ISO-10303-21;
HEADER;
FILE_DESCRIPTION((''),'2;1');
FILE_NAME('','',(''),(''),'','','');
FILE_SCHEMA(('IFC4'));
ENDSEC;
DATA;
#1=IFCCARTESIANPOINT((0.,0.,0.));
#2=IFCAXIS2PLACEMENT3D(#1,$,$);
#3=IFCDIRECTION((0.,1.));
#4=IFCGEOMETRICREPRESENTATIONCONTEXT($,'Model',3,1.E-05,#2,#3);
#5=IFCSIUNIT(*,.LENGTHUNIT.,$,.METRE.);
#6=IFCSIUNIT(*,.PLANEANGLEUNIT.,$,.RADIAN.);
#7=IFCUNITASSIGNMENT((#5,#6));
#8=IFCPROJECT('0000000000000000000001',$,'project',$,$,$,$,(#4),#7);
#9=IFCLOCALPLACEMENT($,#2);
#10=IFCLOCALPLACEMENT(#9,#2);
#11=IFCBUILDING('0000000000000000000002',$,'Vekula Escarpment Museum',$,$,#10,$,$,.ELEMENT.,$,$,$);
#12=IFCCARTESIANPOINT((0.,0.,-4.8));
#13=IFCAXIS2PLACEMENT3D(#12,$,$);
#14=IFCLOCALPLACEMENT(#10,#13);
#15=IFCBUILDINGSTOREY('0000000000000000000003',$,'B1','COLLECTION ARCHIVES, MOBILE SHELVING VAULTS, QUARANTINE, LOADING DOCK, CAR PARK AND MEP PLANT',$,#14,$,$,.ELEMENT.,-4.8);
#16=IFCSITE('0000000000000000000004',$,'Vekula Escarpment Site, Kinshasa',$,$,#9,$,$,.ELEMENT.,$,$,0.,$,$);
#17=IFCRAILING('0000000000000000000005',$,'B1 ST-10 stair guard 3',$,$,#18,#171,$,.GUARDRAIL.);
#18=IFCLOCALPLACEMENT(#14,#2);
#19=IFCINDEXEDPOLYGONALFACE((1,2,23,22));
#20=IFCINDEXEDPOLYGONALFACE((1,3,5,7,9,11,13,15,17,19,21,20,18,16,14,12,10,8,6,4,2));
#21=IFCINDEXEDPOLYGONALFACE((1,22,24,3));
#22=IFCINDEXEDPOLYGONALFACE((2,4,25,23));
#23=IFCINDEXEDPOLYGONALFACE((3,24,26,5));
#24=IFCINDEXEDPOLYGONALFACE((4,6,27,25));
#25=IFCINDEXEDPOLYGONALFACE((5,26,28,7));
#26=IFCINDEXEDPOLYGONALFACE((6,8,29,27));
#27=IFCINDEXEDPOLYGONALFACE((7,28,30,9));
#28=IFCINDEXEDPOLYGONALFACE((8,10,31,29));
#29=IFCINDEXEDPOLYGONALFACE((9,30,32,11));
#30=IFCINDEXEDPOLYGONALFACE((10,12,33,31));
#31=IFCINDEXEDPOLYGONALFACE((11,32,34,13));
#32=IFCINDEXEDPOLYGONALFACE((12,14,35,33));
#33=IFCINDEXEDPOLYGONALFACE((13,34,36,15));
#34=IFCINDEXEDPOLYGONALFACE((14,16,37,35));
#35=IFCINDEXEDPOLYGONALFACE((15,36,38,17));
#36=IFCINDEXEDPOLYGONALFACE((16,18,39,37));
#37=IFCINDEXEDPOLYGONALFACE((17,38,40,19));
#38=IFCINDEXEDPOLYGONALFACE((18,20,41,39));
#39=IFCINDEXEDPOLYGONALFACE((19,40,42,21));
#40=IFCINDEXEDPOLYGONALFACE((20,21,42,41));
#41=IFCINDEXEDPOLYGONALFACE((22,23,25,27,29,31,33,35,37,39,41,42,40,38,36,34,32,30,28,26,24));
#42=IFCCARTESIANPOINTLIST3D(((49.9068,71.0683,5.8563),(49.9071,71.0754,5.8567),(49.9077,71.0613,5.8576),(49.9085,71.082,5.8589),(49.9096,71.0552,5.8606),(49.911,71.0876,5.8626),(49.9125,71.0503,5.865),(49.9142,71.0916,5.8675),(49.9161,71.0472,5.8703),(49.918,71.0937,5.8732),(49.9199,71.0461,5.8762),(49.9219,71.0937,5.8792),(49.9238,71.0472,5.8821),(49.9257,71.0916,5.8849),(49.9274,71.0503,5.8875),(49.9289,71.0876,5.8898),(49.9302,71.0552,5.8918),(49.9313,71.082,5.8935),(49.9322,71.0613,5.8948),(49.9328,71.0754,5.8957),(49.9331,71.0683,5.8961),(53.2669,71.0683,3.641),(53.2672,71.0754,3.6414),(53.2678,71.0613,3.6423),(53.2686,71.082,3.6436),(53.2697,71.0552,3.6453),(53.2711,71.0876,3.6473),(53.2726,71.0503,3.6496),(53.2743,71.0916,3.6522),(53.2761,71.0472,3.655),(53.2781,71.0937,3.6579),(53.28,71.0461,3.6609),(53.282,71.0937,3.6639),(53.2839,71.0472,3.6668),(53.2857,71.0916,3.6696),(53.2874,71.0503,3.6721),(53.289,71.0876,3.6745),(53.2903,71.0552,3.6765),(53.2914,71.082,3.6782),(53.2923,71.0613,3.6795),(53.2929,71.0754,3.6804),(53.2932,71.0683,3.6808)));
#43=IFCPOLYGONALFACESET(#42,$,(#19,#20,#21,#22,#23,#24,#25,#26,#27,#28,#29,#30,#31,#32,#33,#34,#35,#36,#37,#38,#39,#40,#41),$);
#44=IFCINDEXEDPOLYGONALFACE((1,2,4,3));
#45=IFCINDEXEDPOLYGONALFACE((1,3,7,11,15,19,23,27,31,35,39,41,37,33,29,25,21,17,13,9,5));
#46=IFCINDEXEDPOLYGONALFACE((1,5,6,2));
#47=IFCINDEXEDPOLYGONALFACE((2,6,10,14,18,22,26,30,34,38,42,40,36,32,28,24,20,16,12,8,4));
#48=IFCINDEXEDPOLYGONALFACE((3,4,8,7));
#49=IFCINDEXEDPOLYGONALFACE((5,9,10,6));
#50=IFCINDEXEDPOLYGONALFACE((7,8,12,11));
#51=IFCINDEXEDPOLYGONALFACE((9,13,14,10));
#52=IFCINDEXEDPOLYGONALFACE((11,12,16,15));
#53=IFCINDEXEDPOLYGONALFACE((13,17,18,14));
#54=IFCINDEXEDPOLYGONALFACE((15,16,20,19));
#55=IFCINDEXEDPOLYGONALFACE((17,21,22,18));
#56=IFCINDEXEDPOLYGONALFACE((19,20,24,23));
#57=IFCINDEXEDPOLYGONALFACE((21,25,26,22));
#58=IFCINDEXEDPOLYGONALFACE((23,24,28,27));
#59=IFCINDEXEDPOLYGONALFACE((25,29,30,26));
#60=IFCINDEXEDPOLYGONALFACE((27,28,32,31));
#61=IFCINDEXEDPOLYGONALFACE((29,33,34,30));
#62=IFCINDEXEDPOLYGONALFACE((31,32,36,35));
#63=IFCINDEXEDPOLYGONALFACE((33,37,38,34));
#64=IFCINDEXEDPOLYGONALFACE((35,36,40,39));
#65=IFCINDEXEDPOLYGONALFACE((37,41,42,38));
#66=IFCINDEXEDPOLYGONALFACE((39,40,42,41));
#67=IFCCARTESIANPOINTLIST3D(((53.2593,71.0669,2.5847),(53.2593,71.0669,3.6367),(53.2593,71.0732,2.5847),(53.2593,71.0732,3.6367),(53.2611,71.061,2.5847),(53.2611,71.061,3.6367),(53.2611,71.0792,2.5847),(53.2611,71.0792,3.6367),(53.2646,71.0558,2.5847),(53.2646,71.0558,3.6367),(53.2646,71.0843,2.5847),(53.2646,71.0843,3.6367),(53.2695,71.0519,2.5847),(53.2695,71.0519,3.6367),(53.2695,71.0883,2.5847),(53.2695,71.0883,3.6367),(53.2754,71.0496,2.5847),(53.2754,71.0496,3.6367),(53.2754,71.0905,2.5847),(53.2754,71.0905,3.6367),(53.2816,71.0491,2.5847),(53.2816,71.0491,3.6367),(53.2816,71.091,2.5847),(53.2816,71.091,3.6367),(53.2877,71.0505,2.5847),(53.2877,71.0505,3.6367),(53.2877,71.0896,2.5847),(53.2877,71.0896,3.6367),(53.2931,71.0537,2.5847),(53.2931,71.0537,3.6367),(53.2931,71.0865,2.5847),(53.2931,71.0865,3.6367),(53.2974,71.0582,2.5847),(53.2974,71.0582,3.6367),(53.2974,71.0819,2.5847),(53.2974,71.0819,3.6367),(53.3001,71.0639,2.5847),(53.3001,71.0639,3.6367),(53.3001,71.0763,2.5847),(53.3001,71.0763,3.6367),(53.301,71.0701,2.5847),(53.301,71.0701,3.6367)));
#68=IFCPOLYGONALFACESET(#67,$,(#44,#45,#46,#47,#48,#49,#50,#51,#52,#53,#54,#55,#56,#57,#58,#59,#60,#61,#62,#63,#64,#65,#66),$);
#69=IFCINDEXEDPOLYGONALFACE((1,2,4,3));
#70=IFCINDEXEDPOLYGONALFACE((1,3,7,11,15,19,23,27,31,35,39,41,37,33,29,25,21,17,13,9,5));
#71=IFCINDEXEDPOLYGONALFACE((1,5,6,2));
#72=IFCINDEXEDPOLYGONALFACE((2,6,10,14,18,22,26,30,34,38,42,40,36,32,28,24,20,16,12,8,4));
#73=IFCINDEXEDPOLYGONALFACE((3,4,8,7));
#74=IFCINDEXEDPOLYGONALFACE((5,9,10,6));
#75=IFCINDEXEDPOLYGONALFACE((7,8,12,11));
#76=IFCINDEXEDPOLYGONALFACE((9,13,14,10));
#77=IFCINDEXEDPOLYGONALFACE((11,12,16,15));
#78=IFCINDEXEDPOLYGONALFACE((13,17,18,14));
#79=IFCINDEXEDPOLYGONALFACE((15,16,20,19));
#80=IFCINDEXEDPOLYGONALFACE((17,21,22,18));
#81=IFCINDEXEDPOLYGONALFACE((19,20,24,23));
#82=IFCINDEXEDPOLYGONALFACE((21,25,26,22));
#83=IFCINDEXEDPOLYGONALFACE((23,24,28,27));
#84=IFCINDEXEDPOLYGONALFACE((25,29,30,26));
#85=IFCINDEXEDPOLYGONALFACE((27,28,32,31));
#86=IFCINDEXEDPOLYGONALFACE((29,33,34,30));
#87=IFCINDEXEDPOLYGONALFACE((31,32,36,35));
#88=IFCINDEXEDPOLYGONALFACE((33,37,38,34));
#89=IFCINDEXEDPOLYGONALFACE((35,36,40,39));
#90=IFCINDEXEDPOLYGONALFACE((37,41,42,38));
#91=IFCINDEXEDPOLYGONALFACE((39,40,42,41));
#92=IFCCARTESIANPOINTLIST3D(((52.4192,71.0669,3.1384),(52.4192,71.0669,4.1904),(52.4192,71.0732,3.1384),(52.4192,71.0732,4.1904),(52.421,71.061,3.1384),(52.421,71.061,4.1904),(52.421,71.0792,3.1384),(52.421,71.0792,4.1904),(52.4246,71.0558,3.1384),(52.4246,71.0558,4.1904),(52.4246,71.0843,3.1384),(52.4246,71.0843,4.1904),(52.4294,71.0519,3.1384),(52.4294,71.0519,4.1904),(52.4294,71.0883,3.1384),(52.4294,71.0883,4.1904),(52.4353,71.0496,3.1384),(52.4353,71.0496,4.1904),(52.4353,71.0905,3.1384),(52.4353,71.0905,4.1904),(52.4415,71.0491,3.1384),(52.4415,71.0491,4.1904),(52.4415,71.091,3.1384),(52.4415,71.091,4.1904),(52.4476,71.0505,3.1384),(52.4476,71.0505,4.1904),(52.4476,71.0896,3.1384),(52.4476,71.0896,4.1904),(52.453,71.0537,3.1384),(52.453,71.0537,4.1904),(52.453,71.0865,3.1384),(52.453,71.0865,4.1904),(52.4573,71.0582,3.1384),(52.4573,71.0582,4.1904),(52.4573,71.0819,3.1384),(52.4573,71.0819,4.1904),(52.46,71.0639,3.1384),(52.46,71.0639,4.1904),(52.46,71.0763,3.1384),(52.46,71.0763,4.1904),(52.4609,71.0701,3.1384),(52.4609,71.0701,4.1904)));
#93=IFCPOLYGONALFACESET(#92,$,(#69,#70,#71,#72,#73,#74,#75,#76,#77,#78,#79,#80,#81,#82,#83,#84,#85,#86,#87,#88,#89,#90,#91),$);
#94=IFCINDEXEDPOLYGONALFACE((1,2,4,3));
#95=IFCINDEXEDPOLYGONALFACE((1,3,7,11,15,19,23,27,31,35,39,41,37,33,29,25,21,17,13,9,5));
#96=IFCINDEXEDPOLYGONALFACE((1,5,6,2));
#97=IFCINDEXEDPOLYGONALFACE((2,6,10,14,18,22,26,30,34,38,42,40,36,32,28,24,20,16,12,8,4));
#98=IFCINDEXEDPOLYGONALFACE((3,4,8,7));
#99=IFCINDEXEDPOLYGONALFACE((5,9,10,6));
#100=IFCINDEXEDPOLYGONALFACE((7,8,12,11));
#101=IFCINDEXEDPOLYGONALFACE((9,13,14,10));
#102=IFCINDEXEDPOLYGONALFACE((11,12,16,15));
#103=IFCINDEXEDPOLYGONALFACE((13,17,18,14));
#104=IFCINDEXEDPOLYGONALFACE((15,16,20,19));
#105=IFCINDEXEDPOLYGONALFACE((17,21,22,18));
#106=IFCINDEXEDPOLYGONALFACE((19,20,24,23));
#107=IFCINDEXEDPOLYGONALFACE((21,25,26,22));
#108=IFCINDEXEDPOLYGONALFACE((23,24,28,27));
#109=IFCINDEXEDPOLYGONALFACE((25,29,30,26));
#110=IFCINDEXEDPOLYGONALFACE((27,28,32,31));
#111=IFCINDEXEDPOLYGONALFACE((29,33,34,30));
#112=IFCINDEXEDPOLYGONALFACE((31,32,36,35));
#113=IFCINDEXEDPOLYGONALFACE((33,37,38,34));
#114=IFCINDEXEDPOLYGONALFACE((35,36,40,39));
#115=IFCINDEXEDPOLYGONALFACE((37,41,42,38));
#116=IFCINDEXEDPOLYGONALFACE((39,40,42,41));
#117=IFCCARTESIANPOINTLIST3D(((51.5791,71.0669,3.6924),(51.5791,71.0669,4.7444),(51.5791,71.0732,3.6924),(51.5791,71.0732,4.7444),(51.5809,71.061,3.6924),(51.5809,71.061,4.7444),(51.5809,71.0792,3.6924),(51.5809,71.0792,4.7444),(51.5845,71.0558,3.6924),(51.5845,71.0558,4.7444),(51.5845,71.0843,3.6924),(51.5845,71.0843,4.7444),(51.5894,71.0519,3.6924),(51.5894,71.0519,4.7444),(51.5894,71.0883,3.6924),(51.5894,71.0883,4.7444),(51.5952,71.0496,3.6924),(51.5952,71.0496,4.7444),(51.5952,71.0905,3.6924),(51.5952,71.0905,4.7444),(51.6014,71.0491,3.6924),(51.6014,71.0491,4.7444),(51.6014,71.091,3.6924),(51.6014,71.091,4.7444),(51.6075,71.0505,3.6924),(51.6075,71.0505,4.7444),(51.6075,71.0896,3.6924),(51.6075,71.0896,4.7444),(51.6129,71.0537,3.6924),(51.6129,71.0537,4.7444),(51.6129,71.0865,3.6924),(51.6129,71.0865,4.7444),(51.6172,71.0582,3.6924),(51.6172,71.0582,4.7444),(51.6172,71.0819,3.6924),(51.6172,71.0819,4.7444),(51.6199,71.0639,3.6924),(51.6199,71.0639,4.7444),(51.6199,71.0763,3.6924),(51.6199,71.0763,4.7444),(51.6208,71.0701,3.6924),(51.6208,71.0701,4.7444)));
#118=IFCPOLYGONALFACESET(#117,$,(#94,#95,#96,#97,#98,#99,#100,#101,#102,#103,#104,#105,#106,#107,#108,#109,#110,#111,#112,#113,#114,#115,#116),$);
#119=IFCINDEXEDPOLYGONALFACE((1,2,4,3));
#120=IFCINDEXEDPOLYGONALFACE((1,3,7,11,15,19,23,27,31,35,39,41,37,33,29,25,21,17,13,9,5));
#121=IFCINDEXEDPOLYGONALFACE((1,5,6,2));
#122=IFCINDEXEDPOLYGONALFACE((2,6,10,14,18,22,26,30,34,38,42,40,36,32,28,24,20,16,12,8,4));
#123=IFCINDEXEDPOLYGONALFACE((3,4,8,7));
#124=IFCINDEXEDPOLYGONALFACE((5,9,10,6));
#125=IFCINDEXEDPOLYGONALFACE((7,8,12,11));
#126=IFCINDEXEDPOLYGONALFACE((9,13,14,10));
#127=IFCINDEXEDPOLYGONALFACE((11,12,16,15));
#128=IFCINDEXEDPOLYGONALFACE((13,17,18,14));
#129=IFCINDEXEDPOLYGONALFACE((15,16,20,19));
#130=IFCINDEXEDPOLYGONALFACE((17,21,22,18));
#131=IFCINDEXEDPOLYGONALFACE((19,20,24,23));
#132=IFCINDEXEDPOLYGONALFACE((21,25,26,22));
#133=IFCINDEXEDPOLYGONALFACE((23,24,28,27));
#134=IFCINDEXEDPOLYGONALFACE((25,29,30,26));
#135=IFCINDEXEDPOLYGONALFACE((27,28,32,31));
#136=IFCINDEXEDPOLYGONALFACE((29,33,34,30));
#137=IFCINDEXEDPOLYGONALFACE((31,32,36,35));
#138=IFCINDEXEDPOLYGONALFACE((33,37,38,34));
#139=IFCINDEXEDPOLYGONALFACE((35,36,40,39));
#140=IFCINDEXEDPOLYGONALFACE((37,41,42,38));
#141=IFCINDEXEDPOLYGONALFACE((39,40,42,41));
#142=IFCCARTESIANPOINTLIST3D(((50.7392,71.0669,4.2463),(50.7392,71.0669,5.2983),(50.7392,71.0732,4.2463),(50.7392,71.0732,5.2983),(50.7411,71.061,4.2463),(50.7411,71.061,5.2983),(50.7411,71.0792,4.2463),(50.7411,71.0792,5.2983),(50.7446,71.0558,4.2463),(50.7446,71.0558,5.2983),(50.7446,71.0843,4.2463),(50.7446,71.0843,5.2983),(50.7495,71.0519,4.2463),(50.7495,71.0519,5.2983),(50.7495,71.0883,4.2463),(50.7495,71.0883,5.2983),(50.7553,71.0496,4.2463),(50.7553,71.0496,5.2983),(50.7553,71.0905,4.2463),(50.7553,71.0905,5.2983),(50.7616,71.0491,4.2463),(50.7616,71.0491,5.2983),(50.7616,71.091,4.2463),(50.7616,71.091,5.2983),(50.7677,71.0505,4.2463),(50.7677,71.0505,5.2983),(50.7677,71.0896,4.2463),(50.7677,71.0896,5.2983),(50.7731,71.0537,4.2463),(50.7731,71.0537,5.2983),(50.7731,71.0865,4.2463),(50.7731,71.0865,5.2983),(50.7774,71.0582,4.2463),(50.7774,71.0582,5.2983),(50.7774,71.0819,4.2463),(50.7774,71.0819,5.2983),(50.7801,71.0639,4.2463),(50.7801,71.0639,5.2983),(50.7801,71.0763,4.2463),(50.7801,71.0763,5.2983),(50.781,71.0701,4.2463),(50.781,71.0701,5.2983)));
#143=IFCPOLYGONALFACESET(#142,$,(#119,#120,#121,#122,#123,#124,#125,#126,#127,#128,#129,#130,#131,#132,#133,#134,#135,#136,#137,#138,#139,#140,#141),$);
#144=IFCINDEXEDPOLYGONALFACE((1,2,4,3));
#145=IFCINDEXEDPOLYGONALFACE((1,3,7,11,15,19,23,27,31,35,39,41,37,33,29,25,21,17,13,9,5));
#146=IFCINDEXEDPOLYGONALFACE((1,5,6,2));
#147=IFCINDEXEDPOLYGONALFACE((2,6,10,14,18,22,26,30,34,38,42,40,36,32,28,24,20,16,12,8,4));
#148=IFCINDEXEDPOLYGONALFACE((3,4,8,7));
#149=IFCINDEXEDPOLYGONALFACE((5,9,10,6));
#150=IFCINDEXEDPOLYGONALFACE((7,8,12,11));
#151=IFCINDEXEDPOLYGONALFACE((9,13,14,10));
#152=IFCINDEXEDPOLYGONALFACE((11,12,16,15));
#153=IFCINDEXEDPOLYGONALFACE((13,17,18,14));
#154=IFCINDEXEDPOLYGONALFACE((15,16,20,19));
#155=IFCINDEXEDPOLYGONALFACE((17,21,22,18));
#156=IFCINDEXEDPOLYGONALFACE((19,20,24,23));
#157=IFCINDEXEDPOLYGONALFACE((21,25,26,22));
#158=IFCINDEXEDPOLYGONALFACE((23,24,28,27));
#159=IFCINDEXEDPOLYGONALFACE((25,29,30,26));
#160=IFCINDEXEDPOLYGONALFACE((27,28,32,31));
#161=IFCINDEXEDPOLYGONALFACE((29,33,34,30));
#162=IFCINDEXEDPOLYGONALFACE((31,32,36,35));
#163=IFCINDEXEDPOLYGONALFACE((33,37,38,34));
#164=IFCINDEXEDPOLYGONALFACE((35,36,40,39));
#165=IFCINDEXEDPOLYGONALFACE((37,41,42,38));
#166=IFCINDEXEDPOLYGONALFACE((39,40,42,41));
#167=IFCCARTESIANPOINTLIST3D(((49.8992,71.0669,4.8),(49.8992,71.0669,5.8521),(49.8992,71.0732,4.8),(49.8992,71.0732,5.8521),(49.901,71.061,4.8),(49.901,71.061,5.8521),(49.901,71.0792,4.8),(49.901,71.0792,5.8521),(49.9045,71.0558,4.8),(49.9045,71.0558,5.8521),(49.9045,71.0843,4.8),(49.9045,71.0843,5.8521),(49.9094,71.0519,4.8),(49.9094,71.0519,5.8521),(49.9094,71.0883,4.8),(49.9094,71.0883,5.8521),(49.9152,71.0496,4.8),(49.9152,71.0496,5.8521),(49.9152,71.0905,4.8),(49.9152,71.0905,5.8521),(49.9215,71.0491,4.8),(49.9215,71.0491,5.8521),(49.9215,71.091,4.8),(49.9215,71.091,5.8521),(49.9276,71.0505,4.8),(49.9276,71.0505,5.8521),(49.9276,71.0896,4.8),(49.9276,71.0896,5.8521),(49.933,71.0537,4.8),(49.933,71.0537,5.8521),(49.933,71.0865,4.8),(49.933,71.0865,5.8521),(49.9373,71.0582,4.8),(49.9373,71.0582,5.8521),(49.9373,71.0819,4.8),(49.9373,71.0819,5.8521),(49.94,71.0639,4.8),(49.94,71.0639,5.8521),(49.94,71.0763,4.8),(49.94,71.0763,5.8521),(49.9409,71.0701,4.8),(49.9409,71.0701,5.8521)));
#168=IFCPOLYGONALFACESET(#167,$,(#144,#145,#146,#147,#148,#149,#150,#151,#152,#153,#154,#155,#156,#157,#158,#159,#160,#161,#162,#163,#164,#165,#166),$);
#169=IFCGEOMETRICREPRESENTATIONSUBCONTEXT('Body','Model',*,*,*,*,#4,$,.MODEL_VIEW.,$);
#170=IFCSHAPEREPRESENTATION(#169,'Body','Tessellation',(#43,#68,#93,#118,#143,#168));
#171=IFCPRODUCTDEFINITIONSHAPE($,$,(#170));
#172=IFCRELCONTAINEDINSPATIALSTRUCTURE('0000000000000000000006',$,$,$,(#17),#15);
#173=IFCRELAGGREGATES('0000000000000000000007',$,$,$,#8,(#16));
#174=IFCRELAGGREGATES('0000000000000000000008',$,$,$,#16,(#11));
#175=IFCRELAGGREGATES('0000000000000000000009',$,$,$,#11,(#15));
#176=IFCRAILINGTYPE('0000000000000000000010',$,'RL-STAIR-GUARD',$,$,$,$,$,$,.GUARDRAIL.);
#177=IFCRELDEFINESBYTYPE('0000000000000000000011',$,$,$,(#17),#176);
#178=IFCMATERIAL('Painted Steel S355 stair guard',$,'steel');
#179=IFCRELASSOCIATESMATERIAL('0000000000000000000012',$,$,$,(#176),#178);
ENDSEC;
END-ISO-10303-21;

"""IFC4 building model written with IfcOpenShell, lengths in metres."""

from ifc_helpers import new_model, si_unit, direction, frame, origin, origin_2d, place, context, subcontext, project, spatial, circle, extrude, material, type_object, element, save


model = new_model("IFC4")

# Units and contexts
model_context = context("Model", 3, precision=1e-05, world=origin(), true_north=direction((0.0, 1.0)))
body_context = subcontext(model_context, "Body", "Model", "MODEL_VIEW")
ifc_project = project(units=[si_unit("LENGTHUNIT", "METRE"), si_unit("PLANEANGLEUNIT", "RADIAN")], contexts=[model_context])

# Site, building, storey
site_placement = place(None, origin())
site = spatial("IfcSite", under=ifc_project, at=site_placement, Name="Vekula Escarpment Site, Kinshasa", CompositionType="ELEMENT", RefElevation=0.0)
building_placement = place(site_placement, origin())
building = spatial("IfcBuilding", under=site, at=building_placement, Name="Vekula Escarpment Museum", CompositionType="ELEMENT")
storey_placement = place(building_placement, frame((0.0, 0.0, -4.8)))
storey = spatial("IfcBuildingStorey", under=building, at=storey_placement, Name="B1", Description="COLLECTION ARCHIVES, MOBILE SHELVING VAULTS, QUARANTINE, LOADING DOCK, CAR PARK AND MEP PLANT", CompositionType="ELEMENT", Elevation=-4.8)

# Railing
ifc_material_1 = material(Name="Painted Steel S355 stair guard", Category="steel")
railing_type_1 = type_object("IfcRailingType", Name="RL-STAIR-GUARD", PredefinedType="GUARDRAIL", material=ifc_material_1)
railing_1_placement = place(storey_placement, frame((53.28, 71.0701, 2.5847)))
element("IfcRailing", 1, at=railing_1_placement, inside=storey, type_object=railing_type_1, Name="B1 ST-10 stair guard 3", PredefinedType="GUARDRAIL", context=body_context, shape_type="SweptSolid", body=[
    extrude(circle(Radius=0.0239, at=origin_2d()), frame((0.0, 0.0, 1.0762), z_axis=(-0.834876, 0.0, 0.550437), x_axis=(0.0, -1.0, 0.0)), (0.0, 0.0, 1.0), 4.0247),
    extrude(circle(Radius=0.021, at=origin_2d()), origin(), (0.0, 0.0, 1.0), 1.052),
    extrude(circle(Radius=0.021, at=origin_2d()), frame((-0.8401, 0.0, 0.5537)), (0.0, 0.0, 1.0), 1.052),
    extrude(circle(Radius=0.021, at=origin_2d()), frame((-1.6802, 0.0, 1.1077)), (0.0, 0.0, 1.0), 1.052),
    extrude(circle(Radius=0.021, at=origin_2d()), frame((-2.52, 0.0, 1.6616)), (0.0, 0.0, 1.0), 1.052),
    extrude(circle(Radius=0.021, at=origin_2d()), frame((-3.3601, 0.0, 2.2153)), (0.0, 0.0, 1.0), 1.052),
])

save(model, "model.ifc")
